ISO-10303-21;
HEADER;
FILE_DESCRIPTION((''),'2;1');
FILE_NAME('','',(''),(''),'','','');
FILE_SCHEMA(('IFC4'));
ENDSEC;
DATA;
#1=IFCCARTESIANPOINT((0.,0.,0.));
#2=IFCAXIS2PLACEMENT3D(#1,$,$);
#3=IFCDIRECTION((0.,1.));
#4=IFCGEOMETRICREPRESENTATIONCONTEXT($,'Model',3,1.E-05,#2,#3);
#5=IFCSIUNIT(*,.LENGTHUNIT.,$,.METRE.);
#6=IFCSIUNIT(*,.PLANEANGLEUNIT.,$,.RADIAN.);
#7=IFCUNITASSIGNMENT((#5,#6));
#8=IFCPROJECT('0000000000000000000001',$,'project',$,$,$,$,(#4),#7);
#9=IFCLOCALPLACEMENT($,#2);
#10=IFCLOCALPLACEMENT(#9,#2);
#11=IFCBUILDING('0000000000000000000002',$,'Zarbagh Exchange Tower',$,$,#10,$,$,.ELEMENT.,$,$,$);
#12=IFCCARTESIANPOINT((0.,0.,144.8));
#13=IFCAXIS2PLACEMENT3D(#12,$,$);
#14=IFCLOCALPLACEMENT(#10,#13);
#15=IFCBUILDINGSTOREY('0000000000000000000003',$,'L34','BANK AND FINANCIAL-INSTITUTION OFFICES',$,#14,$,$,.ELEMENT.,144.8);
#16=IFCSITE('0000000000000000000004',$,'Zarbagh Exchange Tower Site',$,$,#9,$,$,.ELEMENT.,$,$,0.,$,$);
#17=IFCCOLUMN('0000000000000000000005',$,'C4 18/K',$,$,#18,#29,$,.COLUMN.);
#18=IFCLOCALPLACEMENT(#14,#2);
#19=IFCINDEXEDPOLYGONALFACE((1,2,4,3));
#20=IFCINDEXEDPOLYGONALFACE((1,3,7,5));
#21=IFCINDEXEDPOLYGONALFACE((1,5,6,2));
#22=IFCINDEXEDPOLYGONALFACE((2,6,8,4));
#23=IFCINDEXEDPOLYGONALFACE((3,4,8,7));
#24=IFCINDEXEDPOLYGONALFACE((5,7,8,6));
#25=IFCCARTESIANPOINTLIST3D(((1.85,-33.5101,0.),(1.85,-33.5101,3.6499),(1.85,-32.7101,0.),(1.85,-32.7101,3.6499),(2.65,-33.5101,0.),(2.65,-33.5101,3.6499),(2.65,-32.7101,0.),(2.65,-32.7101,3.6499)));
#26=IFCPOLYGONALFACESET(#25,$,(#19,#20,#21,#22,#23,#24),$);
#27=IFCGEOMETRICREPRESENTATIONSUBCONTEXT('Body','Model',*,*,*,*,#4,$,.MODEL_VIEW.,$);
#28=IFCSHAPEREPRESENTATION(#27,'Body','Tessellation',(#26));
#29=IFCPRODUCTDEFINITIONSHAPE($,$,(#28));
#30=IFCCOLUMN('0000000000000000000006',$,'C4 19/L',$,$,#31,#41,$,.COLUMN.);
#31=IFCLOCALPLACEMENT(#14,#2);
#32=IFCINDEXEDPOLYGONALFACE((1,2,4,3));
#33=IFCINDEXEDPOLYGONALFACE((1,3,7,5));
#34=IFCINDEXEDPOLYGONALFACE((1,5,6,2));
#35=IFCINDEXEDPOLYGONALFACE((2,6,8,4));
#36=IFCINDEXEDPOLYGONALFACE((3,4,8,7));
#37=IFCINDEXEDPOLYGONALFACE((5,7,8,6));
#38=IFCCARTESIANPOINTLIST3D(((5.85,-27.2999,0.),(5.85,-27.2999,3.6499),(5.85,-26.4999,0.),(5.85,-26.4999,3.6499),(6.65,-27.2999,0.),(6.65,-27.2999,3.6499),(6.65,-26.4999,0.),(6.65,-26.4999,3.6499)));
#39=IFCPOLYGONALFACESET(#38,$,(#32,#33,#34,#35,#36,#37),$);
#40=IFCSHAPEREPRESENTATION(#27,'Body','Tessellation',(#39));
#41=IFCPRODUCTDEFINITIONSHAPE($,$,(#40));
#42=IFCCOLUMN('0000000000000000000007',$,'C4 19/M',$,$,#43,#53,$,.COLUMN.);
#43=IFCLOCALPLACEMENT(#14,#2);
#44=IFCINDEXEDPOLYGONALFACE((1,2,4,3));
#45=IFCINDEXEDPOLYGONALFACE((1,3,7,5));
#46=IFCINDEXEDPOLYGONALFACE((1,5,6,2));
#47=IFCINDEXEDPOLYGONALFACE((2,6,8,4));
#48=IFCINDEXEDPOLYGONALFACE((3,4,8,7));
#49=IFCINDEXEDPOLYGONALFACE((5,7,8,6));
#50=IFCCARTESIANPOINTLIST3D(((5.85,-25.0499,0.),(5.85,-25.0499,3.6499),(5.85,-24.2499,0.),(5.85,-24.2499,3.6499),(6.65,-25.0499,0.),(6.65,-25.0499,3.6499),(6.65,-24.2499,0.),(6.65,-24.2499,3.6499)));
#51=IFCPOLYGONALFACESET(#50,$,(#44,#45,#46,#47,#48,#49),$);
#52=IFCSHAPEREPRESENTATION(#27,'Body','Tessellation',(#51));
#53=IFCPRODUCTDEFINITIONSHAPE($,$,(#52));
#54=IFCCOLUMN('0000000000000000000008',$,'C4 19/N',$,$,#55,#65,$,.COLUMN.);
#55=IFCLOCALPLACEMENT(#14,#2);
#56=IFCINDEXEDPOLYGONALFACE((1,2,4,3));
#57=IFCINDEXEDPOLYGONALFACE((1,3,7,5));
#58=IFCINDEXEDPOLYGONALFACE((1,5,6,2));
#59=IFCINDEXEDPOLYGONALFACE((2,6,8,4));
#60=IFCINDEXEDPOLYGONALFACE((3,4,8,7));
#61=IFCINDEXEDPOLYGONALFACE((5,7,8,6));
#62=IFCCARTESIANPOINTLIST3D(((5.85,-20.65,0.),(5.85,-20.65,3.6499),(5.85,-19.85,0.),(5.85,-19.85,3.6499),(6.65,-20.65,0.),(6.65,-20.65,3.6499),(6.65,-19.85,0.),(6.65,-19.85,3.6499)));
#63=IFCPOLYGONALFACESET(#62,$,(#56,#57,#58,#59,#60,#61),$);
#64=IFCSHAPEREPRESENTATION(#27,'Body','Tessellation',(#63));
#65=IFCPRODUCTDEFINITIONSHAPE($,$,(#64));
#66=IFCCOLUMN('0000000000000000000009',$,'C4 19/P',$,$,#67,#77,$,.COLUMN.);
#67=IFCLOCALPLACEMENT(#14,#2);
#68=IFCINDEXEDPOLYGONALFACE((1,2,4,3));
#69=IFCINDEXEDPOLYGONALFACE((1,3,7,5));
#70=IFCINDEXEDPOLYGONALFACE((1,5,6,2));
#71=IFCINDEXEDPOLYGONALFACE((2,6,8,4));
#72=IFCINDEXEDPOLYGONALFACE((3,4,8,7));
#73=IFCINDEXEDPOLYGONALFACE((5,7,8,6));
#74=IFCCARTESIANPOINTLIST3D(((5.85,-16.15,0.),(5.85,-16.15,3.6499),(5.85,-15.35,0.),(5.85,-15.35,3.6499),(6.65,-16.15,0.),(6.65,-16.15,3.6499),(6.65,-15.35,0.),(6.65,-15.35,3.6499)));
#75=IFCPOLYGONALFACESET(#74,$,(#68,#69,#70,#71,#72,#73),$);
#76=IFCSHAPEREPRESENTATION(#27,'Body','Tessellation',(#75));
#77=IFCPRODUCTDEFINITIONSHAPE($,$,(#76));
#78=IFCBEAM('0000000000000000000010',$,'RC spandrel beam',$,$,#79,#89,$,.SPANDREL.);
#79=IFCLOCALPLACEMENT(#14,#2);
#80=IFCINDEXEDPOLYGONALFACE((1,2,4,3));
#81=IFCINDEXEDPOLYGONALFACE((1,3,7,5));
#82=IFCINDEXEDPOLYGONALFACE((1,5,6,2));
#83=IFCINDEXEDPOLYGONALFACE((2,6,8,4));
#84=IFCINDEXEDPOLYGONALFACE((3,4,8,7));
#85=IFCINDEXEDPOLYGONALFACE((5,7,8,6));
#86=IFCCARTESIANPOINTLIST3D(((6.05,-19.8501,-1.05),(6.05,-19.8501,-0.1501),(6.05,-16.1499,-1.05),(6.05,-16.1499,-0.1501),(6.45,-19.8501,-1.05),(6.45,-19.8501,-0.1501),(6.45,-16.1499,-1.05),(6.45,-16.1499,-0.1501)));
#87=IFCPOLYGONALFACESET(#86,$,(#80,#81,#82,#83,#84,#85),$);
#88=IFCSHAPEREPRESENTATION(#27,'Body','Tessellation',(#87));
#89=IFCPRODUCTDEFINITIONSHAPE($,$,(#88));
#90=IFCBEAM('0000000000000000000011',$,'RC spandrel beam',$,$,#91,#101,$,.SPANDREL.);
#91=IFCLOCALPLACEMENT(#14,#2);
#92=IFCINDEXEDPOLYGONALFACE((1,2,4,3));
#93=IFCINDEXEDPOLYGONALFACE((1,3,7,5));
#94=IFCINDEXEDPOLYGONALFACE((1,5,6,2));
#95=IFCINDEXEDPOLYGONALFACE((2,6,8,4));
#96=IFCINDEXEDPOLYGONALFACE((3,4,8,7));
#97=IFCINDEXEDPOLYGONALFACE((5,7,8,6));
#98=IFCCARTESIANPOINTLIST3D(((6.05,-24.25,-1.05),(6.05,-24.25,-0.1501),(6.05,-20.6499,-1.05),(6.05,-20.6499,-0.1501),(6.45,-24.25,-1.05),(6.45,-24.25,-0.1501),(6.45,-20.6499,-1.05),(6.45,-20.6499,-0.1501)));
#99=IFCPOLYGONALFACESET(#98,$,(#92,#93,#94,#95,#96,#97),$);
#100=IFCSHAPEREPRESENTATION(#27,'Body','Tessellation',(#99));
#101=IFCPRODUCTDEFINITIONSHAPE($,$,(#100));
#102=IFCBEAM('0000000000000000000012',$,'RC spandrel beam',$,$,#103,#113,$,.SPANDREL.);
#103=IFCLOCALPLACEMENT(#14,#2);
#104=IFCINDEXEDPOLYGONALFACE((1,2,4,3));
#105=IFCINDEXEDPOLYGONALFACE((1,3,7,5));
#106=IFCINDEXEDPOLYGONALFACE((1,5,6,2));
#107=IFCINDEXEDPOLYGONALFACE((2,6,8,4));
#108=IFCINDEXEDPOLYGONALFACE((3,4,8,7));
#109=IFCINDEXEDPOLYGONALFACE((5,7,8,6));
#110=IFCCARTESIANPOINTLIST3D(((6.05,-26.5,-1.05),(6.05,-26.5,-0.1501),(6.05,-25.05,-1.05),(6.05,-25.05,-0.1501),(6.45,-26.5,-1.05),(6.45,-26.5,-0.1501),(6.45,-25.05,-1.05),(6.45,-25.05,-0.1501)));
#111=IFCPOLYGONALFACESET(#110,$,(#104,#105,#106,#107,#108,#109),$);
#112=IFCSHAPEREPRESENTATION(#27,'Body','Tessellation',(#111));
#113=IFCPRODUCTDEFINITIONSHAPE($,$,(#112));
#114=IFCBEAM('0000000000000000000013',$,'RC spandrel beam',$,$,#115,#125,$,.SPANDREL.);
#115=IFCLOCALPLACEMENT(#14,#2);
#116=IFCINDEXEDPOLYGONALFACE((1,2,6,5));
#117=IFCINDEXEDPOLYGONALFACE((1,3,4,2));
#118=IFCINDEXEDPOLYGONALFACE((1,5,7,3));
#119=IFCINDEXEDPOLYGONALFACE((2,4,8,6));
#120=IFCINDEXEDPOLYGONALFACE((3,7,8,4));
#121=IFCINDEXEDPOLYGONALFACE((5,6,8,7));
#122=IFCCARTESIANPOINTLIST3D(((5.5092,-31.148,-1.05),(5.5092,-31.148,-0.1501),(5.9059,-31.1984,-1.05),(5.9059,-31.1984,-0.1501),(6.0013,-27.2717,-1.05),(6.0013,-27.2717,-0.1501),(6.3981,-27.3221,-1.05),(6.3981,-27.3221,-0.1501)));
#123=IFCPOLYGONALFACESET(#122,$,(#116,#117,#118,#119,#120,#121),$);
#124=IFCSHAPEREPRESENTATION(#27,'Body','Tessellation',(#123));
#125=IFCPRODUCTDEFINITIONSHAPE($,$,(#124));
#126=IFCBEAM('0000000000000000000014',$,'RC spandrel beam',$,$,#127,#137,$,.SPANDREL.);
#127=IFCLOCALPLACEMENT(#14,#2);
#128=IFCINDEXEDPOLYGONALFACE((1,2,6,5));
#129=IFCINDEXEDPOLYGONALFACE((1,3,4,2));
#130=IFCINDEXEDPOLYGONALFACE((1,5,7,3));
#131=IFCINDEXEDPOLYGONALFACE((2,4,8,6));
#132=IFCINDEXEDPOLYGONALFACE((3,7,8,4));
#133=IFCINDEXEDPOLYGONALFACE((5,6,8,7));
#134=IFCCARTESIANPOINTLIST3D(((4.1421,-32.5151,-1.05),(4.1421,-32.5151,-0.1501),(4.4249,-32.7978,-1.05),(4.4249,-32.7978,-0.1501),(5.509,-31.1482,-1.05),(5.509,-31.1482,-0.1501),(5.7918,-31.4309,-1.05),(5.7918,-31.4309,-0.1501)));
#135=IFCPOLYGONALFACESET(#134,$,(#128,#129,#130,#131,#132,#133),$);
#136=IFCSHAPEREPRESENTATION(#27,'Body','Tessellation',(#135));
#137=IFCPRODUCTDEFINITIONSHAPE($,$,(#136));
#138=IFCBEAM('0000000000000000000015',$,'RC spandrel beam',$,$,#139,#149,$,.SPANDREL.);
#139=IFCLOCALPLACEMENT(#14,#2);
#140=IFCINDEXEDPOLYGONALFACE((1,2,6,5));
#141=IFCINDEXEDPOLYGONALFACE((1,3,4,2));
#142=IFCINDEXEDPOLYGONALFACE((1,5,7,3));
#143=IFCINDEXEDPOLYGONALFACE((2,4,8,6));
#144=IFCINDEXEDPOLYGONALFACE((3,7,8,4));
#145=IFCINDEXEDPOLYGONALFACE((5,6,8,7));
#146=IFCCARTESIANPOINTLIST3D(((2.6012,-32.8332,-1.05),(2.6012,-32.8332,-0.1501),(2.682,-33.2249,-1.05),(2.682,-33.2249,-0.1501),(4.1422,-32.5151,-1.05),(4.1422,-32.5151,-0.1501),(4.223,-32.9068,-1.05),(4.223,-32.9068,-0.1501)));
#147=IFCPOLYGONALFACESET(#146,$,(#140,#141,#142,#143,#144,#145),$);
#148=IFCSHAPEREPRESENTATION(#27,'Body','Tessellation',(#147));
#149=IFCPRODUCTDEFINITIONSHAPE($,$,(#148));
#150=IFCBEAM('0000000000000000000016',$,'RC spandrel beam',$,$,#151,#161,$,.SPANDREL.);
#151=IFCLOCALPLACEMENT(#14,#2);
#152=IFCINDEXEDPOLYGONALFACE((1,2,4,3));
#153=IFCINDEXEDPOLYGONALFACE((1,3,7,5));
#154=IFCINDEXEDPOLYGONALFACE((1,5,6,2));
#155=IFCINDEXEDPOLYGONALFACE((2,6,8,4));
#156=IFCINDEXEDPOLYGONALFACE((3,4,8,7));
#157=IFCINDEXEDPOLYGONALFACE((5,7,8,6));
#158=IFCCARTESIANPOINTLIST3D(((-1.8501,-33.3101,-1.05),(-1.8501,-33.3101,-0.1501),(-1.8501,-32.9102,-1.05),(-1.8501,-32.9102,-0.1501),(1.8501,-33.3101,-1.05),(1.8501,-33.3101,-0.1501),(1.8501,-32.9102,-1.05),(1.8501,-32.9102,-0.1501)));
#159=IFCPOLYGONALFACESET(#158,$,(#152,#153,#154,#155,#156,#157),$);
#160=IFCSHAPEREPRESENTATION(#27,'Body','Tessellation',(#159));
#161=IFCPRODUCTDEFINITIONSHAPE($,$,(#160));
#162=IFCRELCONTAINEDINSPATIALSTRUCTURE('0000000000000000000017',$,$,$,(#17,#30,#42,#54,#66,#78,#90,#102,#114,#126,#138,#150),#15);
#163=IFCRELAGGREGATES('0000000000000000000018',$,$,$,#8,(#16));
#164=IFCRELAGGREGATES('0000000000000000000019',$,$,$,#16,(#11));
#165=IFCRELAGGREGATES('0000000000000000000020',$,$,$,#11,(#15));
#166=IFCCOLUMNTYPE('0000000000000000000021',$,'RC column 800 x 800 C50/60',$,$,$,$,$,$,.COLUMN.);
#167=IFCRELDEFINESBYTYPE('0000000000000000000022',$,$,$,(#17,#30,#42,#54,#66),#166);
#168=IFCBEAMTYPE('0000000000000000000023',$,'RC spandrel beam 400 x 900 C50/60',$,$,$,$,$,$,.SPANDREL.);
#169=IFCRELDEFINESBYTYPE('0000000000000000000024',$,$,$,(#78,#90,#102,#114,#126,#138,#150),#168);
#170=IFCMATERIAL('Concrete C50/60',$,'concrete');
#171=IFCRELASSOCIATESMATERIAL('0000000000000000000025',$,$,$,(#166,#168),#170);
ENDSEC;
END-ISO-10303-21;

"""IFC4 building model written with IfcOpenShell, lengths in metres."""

from ifc_helpers import new_model, si_unit, direction, frame, origin, origin_2d, place, context, subcontext, project, spatial, rectangle, extrude, material, material_profile, profile_set, type_object, element, save


model = new_model("IFC4")

# Units and contexts
model_context = context("Model", 3, precision=1e-05, world=origin(), true_north=direction((0.0, 1.0)))
body_context = subcontext(model_context, "Body", "Model", "MODEL_VIEW")
ifc_project = project(units=[si_unit("LENGTHUNIT", "METRE"), si_unit("PLANEANGLEUNIT", "RADIAN")], contexts=[model_context])

# Site, building, storey
site_placement = place(None, origin())
site = spatial("IfcSite", under=ifc_project, at=site_placement, Name="Zarbagh Exchange Tower Site", CompositionType="ELEMENT", RefElevation=0.0)
building_placement = place(site_placement, origin())
building = spatial("IfcBuilding", under=site, at=building_placement, Name="Zarbagh Exchange Tower", CompositionType="ELEMENT")
storey_placement = place(building_placement, frame((0.0, 0.0, 144.8)))
storey = spatial("IfcBuildingStorey", under=building, at=storey_placement, Name="L34", Description="BANK AND FINANCIAL-INSTITUTION OFFICES", CompositionType="ELEMENT", Elevation=144.8)

# Columns
ifc_material_1 = material(Name="Concrete C50/60", Category="concrete")
ifc_material_profile_1 = material_profile(ifc_material_1, rectangle(XDim=0.8, YDim=0.8, at=origin_2d()), Name="RC column 800 x 800 C50/60")
ifc_profile_set_1 = profile_set([ifc_material_profile_1], Name="Concrete C50/60")
column_type = type_object("IfcColumnType", Name="RC column 800 x 800 C50/60", PredefinedType="COLUMN", material=ifc_profile_set_1)
for number, where, z_axis, x_axis, name in (
    (1, (2.25, -33.1101, 0.0), (0.0, 0.0, 1.0), (1.0, 0.0, 0.0), "C4 18/K"),
    (2, (6.25, -26.8999, 0.0), (0.0, 0.0, 1.0), (1.0, 0.0, 0.0), "C4 19/L"),
    (3, (6.25, -24.6499, 0.0), (0.0, 0.0, 1.0), (1.0, 0.0, 0.0), "C4 19/M"),
    (4, (6.25, -20.25, 0.0), (0.0, 0.0, 1.0), (1.0, 0.0, 0.0), "C4 19/N"),
    (5, (6.25, -15.75, 0.0), (0.0, 0.0, 1.0), (1.0, 0.0, 0.0), "C4 19/P"),
):
    element("IfcColumn", number, at=place(storey_placement, frame(where, z_axis=z_axis, x_axis=x_axis)), inside=storey, type_object=column_type, Name=name, PredefinedType="COLUMN", context=body_context, shape_type="SweptSolid", body=[
        extrude(rectangle(XDim=0.8, YDim=0.8, at=origin_2d()), origin(), (0.0, 0.0, 1.0), 3.6499),
    ])

# Beams
ifc_material_profile_2 = material_profile(ifc_material_1, rectangle(XDim=0.3999, YDim=0.8999, at=origin_2d()), Name="RC spandrel beam 400 x 900 C50/60")
ifc_profile_set_2 = profile_set([ifc_material_profile_2], Name="Concrete C50/60")
beam_type = type_object("IfcBeamType", Name="RC spandrel beam 400 x 900 C50/60", PredefinedType="SPANDREL", material=ifc_profile_set_2)
beam_1_placement = place(storey_placement, frame((6.25, -16.1499, -0.6001), z_axis=(0.0, -1.0, 0.0), x_axis=(1.0, 0.0, 0.0)))
element("IfcBeam", 6, at=beam_1_placement, inside=storey, type_object=beam_type, Name="RC spandrel beam", PredefinedType="SPANDREL", context=body_context, shape_type="SweptSolid", body=[
    extrude(rectangle(XDim=0.3999, YDim=0.8999, at=origin_2d()), origin(), (0.0, 0.0, 1.0), 3.7002),
])
beam_2_placement = place(storey_placement, frame((6.25, -20.6499, -0.6001), z_axis=(0.0, -1.0, 0.0), x_axis=(1.0, 0.0, 0.0)))
element("IfcBeam", 7, at=beam_2_placement, inside=storey, type_object=beam_type, Name="RC spandrel beam", PredefinedType="SPANDREL", context=body_context, shape_type="SweptSolid", body=[
    extrude(rectangle(XDim=0.3999, YDim=0.8999, at=origin_2d()), origin(), (0.0, 0.0, 1.0), 3.6001),
])
beam_3_placement = place(storey_placement, frame((6.25, -25.05, -0.6001), z_axis=(0.0, -1.0, 0.0), x_axis=(1.0, 0.0, 0.0)))
element("IfcBeam", 8, at=beam_3_placement, inside=storey, type_object=beam_type, Name="RC spandrel beam", PredefinedType="SPANDREL", context=body_context, shape_type="SweptSolid", body=[
    extrude(rectangle(XDim=0.3999, YDim=0.8999, at=origin_2d()), origin(), (0.0, 0.0, 1.0), 1.45),
])
beam_4_placement = place(storey_placement, frame((6.1997, -27.2969, -0.6001), z_axis=(-0.125957, -0.992036, 0.0), x_axis=(0.992036, -0.125957, 0.0)))
element("IfcBeam", 9, at=beam_4_placement, inside=storey, type_object=beam_type, Name="RC spandrel beam", PredefinedType="SPANDREL", context=body_context, shape_type="SweptSolid", body=[
    extrude(rectangle(XDim=0.3999, YDim=0.8999, at=origin_2d()), origin(), (0.0, 0.0, 1.0), 3.9075),
])
beam_5_placement = place(storey_placement, frame((5.6504, -31.2896, -0.6001), z_axis=(-0.707107, -0.707107, 0.0), x_axis=(0.707107, -0.707107, 0.0)))
element("IfcBeam", 10, at=beam_5_placement, inside=storey, type_object=beam_type, Name="RC spandrel beam", PredefinedType="SPANDREL", context=body_context, shape_type="SweptSolid", body=[
    extrude(rectangle(XDim=0.3999, YDim=0.8999, at=origin_2d()), origin(), (0.0, 0.0, 1.0), 1.9331),
])
beam_6_placement = place(storey_placement, frame((4.1826, -32.7109, -0.6001), z_axis=(-0.979351, -0.202169, 0.0), x_axis=(0.202169, -0.979351, 0.0)))
element("IfcBeam", 11, at=beam_6_placement, inside=storey, type_object=beam_type, Name="RC spandrel beam", PredefinedType="SPANDREL", context=body_context, shape_type="SweptSolid", body=[
    extrude(rectangle(XDim=0.3999, YDim=0.8999, at=origin_2d()), origin(), (0.0, 0.0, 1.0), 1.5735),
])
beam_7_placement = place(storey_placement, frame((1.8501, -33.1101, -0.6001), z_axis=(-1.0, 0.0, 0.0), x_axis=(0.0, -1.0, 0.0)))
element("IfcBeam", 12, at=beam_7_placement, inside=storey, type_object=beam_type, Name="RC spandrel beam", PredefinedType="SPANDREL", context=body_context, shape_type="SweptSolid", body=[
    extrude(rectangle(XDim=0.3999, YDim=0.8999, at=origin_2d()), origin(), (0.0, 0.0, 1.0), 3.7002),
])

save(model, "model.ifc")
